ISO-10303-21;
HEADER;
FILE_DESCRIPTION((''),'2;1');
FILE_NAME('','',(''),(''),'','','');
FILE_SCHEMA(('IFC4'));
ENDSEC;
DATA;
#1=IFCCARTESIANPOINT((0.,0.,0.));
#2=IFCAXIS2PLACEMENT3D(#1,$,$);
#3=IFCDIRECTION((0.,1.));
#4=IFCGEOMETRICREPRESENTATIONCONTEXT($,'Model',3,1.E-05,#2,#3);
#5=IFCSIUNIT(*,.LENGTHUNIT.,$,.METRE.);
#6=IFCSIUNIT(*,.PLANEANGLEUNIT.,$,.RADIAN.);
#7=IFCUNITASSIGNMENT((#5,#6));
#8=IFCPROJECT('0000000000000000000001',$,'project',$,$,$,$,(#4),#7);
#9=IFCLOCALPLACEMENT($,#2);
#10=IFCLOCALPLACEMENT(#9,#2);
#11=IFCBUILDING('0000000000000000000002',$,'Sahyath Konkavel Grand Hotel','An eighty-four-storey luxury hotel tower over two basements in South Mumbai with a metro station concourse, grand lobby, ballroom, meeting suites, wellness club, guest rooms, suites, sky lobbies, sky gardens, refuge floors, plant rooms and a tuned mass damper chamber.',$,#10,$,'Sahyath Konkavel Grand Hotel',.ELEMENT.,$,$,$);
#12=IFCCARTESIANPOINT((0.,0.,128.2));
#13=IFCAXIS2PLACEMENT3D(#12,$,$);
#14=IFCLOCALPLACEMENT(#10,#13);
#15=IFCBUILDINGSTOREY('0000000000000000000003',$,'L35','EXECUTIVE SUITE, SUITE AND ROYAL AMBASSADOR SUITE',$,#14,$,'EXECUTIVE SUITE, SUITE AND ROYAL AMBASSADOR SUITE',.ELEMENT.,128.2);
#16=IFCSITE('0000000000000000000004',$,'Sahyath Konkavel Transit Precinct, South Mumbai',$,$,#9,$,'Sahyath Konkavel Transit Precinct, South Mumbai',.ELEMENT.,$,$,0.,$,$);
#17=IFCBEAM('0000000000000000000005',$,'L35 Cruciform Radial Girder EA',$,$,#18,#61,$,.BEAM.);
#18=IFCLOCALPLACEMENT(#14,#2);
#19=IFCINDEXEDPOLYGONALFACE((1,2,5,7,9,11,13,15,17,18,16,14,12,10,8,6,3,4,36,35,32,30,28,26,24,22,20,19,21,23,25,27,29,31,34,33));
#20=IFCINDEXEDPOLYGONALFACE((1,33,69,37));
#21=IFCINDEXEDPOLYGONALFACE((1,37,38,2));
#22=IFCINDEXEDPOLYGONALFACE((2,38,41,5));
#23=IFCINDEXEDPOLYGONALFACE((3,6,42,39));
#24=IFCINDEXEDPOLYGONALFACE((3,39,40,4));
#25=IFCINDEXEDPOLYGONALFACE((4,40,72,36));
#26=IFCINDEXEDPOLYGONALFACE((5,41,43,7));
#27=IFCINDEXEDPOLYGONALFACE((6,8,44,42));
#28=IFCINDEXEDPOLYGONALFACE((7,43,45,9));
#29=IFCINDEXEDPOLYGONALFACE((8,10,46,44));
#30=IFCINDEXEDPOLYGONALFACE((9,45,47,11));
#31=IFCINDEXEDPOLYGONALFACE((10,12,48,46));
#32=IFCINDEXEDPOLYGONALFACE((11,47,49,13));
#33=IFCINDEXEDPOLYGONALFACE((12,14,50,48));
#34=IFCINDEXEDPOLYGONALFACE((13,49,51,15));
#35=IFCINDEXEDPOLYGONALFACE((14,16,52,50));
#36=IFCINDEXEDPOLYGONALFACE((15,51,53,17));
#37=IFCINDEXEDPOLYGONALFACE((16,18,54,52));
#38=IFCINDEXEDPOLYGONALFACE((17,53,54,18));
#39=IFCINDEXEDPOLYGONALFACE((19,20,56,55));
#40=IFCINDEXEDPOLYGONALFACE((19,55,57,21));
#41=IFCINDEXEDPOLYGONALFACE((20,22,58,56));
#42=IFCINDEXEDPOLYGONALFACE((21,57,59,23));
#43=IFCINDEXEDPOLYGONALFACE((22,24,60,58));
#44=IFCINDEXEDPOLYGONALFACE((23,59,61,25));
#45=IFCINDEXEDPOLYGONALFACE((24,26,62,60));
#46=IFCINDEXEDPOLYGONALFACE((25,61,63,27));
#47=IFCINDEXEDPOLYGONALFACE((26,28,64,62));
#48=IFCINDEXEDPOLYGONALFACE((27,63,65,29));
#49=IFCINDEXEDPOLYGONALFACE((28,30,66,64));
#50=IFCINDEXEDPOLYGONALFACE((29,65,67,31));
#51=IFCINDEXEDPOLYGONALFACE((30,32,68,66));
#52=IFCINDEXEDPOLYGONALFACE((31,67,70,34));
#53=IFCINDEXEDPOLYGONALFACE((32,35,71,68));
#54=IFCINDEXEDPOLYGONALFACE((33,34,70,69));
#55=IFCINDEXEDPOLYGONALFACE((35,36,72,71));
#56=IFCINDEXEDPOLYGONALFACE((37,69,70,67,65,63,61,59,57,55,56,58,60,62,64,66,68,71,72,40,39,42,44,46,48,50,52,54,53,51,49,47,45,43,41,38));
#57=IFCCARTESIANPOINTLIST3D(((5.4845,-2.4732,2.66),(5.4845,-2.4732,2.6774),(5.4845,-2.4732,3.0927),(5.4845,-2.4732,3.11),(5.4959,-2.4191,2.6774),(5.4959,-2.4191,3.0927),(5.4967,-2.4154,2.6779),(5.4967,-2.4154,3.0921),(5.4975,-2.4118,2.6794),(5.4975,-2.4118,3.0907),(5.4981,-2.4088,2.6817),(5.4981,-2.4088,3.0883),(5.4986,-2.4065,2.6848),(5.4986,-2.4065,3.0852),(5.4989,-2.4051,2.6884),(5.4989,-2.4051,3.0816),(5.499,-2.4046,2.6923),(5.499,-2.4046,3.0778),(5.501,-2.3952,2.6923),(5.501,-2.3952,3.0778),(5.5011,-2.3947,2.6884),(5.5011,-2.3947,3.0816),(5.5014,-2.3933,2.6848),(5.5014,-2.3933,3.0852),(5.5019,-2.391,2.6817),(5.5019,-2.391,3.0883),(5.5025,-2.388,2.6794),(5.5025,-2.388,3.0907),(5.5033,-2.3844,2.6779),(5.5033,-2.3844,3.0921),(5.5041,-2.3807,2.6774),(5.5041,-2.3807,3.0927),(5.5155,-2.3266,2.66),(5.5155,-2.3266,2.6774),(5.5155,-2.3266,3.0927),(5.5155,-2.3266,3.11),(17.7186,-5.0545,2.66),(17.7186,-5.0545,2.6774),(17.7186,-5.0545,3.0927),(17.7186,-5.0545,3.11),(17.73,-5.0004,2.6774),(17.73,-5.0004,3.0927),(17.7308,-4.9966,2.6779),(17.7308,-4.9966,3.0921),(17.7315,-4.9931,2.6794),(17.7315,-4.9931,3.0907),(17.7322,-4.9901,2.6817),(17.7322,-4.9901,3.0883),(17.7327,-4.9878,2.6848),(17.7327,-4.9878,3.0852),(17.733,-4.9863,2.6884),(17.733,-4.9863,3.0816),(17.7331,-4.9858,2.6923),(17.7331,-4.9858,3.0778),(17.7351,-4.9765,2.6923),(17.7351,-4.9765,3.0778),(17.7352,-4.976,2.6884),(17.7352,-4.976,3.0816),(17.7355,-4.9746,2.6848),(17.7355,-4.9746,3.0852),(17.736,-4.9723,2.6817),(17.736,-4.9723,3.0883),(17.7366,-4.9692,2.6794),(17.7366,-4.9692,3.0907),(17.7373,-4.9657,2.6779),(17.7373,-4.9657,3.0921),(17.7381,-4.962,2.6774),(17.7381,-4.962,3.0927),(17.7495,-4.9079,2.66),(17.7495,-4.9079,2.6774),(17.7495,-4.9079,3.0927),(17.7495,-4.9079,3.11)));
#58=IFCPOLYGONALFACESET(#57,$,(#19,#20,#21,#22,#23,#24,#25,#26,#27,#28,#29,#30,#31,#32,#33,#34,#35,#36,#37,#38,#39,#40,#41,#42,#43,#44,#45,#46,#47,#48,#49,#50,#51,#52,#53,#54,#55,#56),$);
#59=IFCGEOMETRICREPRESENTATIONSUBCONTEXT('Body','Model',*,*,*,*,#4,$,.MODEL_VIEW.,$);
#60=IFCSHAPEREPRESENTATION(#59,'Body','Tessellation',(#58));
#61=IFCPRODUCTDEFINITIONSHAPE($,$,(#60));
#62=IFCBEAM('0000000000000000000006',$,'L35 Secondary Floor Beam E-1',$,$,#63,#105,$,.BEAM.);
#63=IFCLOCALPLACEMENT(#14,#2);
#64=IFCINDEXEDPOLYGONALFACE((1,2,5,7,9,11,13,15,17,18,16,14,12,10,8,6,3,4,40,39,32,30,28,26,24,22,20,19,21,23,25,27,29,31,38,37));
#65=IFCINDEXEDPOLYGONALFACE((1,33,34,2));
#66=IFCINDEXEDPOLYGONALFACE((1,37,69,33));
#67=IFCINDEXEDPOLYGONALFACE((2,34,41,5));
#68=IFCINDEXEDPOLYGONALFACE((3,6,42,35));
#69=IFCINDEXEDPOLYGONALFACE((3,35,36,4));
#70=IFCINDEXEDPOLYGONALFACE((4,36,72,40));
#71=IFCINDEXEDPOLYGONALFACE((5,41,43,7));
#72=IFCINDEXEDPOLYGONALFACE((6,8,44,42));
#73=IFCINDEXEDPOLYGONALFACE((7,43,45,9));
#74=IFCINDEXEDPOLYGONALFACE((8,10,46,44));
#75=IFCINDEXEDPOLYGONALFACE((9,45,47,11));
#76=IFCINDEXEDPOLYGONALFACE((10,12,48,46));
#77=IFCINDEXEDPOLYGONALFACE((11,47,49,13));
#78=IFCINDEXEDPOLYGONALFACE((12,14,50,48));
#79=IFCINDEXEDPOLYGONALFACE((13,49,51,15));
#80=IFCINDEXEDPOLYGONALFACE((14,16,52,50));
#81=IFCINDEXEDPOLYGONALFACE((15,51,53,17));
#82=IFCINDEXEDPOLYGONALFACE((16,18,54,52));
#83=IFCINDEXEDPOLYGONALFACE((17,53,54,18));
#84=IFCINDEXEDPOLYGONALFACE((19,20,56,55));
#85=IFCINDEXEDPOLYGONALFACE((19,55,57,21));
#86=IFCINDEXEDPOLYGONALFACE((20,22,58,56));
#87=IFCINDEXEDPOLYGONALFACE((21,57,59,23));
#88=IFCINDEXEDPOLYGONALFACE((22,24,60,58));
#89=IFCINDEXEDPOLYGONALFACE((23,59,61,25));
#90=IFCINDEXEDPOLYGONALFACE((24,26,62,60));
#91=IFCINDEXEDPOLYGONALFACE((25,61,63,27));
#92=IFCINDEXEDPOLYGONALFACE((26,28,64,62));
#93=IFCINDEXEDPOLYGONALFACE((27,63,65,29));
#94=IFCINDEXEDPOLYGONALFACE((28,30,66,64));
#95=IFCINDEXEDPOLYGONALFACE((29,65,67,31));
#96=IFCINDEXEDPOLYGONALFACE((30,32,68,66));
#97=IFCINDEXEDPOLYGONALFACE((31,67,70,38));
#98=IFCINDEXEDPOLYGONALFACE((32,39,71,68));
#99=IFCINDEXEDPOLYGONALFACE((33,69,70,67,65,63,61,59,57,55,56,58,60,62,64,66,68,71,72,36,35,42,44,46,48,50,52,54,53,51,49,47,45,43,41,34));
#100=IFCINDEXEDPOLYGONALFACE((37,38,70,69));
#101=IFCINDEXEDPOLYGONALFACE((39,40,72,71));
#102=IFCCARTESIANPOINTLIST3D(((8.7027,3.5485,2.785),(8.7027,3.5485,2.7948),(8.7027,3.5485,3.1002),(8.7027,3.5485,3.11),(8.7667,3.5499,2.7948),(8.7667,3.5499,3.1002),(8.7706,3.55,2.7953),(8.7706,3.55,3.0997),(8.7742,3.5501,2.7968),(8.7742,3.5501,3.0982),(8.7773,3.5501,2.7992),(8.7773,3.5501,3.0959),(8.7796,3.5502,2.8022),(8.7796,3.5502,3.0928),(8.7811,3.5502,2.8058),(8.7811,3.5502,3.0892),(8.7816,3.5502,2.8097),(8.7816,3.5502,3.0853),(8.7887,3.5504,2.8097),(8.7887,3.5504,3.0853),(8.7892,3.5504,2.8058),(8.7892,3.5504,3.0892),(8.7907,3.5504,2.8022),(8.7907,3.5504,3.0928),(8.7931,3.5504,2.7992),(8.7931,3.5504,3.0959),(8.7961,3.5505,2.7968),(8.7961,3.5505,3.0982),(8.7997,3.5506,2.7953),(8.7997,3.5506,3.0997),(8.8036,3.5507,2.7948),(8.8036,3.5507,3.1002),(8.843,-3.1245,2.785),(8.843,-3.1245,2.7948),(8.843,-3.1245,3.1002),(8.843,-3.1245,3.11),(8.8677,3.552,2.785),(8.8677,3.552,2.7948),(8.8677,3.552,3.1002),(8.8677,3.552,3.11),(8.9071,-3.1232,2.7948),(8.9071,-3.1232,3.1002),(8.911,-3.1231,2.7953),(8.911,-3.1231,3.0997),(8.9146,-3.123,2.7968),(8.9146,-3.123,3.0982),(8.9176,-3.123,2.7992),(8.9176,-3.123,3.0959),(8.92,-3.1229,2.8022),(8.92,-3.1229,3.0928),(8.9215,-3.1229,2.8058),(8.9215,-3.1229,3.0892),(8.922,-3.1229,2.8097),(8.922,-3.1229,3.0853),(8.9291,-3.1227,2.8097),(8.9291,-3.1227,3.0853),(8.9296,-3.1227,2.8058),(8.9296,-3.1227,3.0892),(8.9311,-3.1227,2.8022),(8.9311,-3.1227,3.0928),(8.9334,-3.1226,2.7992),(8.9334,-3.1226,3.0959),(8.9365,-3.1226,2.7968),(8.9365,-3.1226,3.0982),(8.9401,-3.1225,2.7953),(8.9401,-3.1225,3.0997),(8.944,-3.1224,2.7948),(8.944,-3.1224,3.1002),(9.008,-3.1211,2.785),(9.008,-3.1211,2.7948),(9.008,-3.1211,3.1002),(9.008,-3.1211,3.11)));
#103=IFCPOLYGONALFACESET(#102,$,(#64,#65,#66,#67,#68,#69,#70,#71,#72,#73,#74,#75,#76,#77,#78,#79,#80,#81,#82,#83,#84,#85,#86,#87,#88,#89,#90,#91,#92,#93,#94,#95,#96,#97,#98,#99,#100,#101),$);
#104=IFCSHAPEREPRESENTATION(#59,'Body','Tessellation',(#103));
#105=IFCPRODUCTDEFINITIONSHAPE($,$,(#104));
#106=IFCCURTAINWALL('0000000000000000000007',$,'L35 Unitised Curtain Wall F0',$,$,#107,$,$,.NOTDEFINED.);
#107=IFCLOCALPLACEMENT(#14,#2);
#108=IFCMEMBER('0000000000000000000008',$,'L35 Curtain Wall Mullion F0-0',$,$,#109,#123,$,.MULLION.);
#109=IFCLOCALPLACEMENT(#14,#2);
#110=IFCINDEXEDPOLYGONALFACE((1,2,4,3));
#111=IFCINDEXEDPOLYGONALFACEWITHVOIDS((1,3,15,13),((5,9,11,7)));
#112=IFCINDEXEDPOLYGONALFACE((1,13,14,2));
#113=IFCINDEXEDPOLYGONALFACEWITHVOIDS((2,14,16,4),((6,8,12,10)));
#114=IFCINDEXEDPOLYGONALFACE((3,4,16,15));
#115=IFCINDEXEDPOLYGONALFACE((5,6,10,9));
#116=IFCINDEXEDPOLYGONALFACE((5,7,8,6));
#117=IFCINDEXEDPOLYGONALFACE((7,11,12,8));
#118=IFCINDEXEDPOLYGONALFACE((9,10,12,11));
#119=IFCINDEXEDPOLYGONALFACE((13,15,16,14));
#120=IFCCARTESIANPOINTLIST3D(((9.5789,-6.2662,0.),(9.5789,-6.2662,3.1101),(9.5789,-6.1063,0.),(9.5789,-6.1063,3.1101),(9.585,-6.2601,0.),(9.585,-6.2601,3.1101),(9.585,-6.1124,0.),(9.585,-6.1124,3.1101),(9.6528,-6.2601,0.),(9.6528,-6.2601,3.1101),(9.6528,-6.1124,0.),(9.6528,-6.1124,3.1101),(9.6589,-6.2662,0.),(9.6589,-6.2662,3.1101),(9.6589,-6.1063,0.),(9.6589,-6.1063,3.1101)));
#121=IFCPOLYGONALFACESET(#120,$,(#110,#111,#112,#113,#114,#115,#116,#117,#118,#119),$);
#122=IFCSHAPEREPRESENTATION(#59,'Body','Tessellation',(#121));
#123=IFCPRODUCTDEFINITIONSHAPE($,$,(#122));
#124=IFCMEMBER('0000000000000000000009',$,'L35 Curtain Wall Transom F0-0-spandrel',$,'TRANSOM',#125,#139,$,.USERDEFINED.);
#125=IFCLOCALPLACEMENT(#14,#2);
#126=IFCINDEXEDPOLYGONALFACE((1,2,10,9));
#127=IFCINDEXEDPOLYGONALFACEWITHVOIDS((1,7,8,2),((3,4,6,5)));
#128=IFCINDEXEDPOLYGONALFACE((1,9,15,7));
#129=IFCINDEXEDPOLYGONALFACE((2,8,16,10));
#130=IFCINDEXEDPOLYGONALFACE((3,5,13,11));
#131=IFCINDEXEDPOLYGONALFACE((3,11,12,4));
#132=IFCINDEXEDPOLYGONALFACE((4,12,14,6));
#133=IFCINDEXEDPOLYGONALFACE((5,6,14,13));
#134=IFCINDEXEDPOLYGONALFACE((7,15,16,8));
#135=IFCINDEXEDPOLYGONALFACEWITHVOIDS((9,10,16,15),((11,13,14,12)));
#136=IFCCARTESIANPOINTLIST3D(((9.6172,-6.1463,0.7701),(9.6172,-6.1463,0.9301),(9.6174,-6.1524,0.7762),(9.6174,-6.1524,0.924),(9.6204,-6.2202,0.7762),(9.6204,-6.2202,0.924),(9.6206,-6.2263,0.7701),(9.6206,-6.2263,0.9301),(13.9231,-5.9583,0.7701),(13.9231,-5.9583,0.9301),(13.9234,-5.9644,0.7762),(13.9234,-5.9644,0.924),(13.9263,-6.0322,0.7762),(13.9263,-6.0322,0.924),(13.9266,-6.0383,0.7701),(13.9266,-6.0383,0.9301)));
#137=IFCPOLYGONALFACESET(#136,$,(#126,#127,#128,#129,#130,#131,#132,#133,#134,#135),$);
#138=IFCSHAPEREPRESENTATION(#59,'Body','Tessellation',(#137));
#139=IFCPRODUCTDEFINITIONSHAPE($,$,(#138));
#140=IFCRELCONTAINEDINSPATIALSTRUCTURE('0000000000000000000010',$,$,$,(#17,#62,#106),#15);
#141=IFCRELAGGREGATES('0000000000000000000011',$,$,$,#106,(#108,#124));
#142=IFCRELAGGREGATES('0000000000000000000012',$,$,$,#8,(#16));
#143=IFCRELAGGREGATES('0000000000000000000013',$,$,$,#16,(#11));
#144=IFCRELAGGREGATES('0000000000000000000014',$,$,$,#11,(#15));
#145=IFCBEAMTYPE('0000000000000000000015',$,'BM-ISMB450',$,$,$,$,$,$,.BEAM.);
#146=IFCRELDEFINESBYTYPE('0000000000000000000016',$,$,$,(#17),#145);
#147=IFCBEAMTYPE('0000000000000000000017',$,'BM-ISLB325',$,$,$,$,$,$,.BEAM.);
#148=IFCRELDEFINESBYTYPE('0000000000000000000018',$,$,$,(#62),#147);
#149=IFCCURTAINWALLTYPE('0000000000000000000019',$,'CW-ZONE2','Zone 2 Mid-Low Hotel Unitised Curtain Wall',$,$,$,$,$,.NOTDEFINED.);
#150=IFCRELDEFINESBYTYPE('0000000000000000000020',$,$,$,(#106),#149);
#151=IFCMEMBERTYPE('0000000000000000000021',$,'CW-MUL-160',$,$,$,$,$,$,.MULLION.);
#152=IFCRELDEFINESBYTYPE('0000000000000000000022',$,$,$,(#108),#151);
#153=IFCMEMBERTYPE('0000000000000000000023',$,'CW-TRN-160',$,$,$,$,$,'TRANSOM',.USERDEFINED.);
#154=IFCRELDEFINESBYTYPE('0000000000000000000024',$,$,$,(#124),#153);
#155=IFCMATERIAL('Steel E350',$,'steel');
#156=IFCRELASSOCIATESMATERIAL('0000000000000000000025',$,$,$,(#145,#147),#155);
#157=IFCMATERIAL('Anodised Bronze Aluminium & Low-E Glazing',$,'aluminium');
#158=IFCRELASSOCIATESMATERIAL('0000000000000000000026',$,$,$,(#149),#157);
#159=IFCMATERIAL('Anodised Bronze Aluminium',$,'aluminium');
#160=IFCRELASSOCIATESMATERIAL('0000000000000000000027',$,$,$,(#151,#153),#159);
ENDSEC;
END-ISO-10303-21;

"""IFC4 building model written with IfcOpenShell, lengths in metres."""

from ifc_helpers import new_model, si_unit, direction, frame, origin, origin_2d, place, context, subcontext, project, spatial, hollow_rectangle, i_section, extrude, source, transform, mapped, material, material_profile, profile_set, type_object, element, aggregate, save


model = new_model("IFC4")

# Units and contexts
model_context = context("Model", 3, precision=1e-05, world=origin(), true_north=direction((0.0, 1.0)))
body_context = subcontext(model_context, "Body", "Model", "MODEL_VIEW")
ifc_project = project(units=[si_unit("LENGTHUNIT", "METRE"), si_unit("PLANEANGLEUNIT", "RADIAN")], contexts=[model_context])

# Site, building, storey
site_placement = place(None, origin())
site = spatial("IfcSite", under=ifc_project, at=site_placement, Name="Sahyath Konkavel Transit Precinct, South Mumbai", LongName="Sahyath Konkavel Transit Precinct, South Mumbai", CompositionType="ELEMENT", RefElevation=0.0)
building_placement = place(site_placement, origin())
building = spatial("IfcBuilding", under=site, at=building_placement, Name="Sahyath Konkavel Grand Hotel", Description="An eighty-four-storey luxury hotel tower over two basements in South Mumbai with a metro station concourse, grand lobby, ballroom, meeting suites, wellness club, guest rooms, suites, sky lobbies, sky gardens, refuge floors, plant rooms and a tuned mass damper chamber.", LongName="Sahyath Konkavel Grand Hotel", CompositionType="ELEMENT")
storey_placement = place(building_placement, frame((0.0, 0.0, 128.2)))
storey = spatial("IfcBuildingStorey", under=building, at=storey_placement, Name="L35", Description="EXECUTIVE SUITE, SUITE AND ROYAL AMBASSADOR SUITE", LongName="EXECUTIVE SUITE, SUITE AND ROYAL AMBASSADOR SUITE", CompositionType="ELEMENT", Elevation=128.2)

# Beams
ifc_material_1 = material(Name="Steel E350", Category="steel")
ifc_material_profile_1 = material_profile(ifc_material_1, i_section(OverallWidth=0.1499, OverallDepth=0.45, WebThickness=0.0095, FlangeThickness=0.0173, FilletRadius=0.0149, at=origin_2d()), Name="ISMB 450")
ifc_profile_set_1 = profile_set([ifc_material_profile_1], Name="Steel E350")
beam_type_1 = type_object("IfcBeamType", Name="BM-ISMB450", PredefinedType="BEAM", material=ifc_profile_set_1)
shared_shape_1 = source(origin(), body_context, "Body", "SweptSolid", [
    extrude(i_section(OverallWidth=0.1499, OverallDepth=0.45, WebThickness=0.0095, FlangeThickness=0.0173, FilletRadius=0.0149, at=origin_2d()), origin(), (0.0, 0.0, 1.0), 12.5034),
])
beam_1_placement = place(storey_placement, frame((5.5, -2.3999, 2.885), z_axis=(0.978458, -0.206446, 0.0), x_axis=(0.206446, 0.978458, 0.0)))
element("IfcBeam", 1, at=beam_1_placement, inside=storey, type_object=beam_type_1, Name="L35 Cruciform Radial Girder EA", PredefinedType="BEAM", context=body_context, shape_type="MappedRepresentation", body=[
    mapped(shared_shape_1, transform((0.0, 0.0, 0.0), scale=1.0)),
])
ifc_material_profile_2 = material_profile(ifc_material_1, i_section(OverallWidth=0.165, OverallDepth=0.325, WebThickness=0.0071, FlangeThickness=0.0098, FilletRadius=0.0149, at=origin_2d()), Name="ISLB 325")
ifc_profile_set_2 = profile_set([ifc_material_profile_2], Name="Steel E350")
beam_type_2 = type_object("IfcBeamType", Name="BM-ISLB325", PredefinedType="BEAM", material=ifc_profile_set_2)
shared_shape_2 = source(origin(), body_context, "Body", "SweptSolid", [
    extrude(i_section(OverallWidth=0.165, OverallDepth=0.325, WebThickness=0.0071, FlangeThickness=0.0098, FilletRadius=0.0149, at=origin_2d()), origin(), (0.0, 0.0, 1.0), 6.6746),
])
beam_2_placement = place(storey_placement, frame((8.9255, -3.1228, 2.9475), z_axis=(-0.021032, 0.999779, 0.0), x_axis=(-0.999779, -0.021032, 0.0)))
element("IfcBeam", 2, at=beam_2_placement, inside=storey, type_object=beam_type_2, Name="L35 Secondary Floor Beam E-1", PredefinedType="BEAM", context=body_context, shape_type="MappedRepresentation", body=[
    mapped(shared_shape_2, transform((0.0, 0.0, 0.0), scale=1.0)),
])

# Curtain wall, members
ifc_material_2 = material(Name="Anodised Bronze Aluminium & Low-E Glazing", Category="aluminium")
curtain_wall_type = type_object("IfcCurtainWallType", Name="CW-ZONE2", Description="Zone 2 Mid-Low Hotel Unitised Curtain Wall", PredefinedType="NOTDEFINED", material=ifc_material_2)
curtain_wall_placement = place(storey_placement, origin())
curtain_wall = element("IfcCurtainWall", 3, at=curtain_wall_placement, inside=storey, type_object=curtain_wall_type, Name="L35 Unitised Curtain Wall F0", PredefinedType="NOTDEFINED")
ifc_material_3 = material(Name="Anodised Bronze Aluminium", Category="aluminium")
ifc_material_profile_3 = material_profile(ifc_material_3, hollow_rectangle(XDim=0.0801, YDim=0.1599, WallThickness=0.0061, at=origin_2d()), Name="RHS 160x80x6")
ifc_profile_set_3 = profile_set([ifc_material_profile_3], Name="Anodised Bronze Aluminium")
member_type_1 = type_object("IfcMemberType", Name="CW-MUL-160", PredefinedType="MULLION", material=ifc_profile_set_3)
shared_shape_3 = source(origin(), body_context, "Body", "SweptSolid", [
    extrude(hollow_rectangle(XDim=0.0801, YDim=0.1599, WallThickness=0.0061, at=origin_2d()), origin(), (0.0, 0.0, 1.0), 3.1101),
])
member_1_placement = place(storey_placement, frame((9.6189, -6.1863, 0.0), z_axis=(0.0, 0.0, 1.0), x_axis=(1.0, 0.0, 0.0)))
member_1 = element("IfcMember", 4, at=member_1_placement, type_object=member_type_1, Name="L35 Curtain Wall Mullion F0-0", PredefinedType="MULLION", context=body_context, shape_type="MappedRepresentation", body=[
    mapped(shared_shape_3, transform((0.0, 0.0, 0.0), scale=1.0)),
])
ifc_material_profile_4 = material_profile(ifc_material_3, hollow_rectangle(XDim=0.0801, YDim=0.1599, WallThickness=0.0061, at=origin_2d()), Name="RHS 160x80x6")
ifc_profile_set_4 = profile_set([ifc_material_profile_4], Name="Anodised Bronze Aluminium")
member_type_2 = type_object("IfcMemberType", Name="CW-TRN-160", ElementType="TRANSOM", PredefinedType="USERDEFINED", material=ifc_profile_set_4)
shared_shape_4 = source(origin(), body_context, "Body", "SweptSolid", [
    extrude(hollow_rectangle(XDim=0.0801, YDim=0.1599, WallThickness=0.0061, at=origin_2d()), origin(), (0.0, 0.0, 1.0), 4.3101),
])
member_2_placement = place(storey_placement, frame((9.6189, -6.1863, 0.8501), z_axis=(0.999048, 0.043617, 0.0), x_axis=(-0.043617, 0.999048, 0.0)))
member_2 = element("IfcMember", 5, at=member_2_placement, type_object=member_type_2, Name="L35 Curtain Wall Transom F0-0-spandrel", ObjectType="TRANSOM", PredefinedType="USERDEFINED", context=body_context, shape_type="MappedRepresentation", body=[
    mapped(shared_shape_4, transform((0.0, 0.0, 0.0), scale=1.0)),
])
aggregate(curtain_wall, [member_1, member_2])

save(model, "model.ifc")
